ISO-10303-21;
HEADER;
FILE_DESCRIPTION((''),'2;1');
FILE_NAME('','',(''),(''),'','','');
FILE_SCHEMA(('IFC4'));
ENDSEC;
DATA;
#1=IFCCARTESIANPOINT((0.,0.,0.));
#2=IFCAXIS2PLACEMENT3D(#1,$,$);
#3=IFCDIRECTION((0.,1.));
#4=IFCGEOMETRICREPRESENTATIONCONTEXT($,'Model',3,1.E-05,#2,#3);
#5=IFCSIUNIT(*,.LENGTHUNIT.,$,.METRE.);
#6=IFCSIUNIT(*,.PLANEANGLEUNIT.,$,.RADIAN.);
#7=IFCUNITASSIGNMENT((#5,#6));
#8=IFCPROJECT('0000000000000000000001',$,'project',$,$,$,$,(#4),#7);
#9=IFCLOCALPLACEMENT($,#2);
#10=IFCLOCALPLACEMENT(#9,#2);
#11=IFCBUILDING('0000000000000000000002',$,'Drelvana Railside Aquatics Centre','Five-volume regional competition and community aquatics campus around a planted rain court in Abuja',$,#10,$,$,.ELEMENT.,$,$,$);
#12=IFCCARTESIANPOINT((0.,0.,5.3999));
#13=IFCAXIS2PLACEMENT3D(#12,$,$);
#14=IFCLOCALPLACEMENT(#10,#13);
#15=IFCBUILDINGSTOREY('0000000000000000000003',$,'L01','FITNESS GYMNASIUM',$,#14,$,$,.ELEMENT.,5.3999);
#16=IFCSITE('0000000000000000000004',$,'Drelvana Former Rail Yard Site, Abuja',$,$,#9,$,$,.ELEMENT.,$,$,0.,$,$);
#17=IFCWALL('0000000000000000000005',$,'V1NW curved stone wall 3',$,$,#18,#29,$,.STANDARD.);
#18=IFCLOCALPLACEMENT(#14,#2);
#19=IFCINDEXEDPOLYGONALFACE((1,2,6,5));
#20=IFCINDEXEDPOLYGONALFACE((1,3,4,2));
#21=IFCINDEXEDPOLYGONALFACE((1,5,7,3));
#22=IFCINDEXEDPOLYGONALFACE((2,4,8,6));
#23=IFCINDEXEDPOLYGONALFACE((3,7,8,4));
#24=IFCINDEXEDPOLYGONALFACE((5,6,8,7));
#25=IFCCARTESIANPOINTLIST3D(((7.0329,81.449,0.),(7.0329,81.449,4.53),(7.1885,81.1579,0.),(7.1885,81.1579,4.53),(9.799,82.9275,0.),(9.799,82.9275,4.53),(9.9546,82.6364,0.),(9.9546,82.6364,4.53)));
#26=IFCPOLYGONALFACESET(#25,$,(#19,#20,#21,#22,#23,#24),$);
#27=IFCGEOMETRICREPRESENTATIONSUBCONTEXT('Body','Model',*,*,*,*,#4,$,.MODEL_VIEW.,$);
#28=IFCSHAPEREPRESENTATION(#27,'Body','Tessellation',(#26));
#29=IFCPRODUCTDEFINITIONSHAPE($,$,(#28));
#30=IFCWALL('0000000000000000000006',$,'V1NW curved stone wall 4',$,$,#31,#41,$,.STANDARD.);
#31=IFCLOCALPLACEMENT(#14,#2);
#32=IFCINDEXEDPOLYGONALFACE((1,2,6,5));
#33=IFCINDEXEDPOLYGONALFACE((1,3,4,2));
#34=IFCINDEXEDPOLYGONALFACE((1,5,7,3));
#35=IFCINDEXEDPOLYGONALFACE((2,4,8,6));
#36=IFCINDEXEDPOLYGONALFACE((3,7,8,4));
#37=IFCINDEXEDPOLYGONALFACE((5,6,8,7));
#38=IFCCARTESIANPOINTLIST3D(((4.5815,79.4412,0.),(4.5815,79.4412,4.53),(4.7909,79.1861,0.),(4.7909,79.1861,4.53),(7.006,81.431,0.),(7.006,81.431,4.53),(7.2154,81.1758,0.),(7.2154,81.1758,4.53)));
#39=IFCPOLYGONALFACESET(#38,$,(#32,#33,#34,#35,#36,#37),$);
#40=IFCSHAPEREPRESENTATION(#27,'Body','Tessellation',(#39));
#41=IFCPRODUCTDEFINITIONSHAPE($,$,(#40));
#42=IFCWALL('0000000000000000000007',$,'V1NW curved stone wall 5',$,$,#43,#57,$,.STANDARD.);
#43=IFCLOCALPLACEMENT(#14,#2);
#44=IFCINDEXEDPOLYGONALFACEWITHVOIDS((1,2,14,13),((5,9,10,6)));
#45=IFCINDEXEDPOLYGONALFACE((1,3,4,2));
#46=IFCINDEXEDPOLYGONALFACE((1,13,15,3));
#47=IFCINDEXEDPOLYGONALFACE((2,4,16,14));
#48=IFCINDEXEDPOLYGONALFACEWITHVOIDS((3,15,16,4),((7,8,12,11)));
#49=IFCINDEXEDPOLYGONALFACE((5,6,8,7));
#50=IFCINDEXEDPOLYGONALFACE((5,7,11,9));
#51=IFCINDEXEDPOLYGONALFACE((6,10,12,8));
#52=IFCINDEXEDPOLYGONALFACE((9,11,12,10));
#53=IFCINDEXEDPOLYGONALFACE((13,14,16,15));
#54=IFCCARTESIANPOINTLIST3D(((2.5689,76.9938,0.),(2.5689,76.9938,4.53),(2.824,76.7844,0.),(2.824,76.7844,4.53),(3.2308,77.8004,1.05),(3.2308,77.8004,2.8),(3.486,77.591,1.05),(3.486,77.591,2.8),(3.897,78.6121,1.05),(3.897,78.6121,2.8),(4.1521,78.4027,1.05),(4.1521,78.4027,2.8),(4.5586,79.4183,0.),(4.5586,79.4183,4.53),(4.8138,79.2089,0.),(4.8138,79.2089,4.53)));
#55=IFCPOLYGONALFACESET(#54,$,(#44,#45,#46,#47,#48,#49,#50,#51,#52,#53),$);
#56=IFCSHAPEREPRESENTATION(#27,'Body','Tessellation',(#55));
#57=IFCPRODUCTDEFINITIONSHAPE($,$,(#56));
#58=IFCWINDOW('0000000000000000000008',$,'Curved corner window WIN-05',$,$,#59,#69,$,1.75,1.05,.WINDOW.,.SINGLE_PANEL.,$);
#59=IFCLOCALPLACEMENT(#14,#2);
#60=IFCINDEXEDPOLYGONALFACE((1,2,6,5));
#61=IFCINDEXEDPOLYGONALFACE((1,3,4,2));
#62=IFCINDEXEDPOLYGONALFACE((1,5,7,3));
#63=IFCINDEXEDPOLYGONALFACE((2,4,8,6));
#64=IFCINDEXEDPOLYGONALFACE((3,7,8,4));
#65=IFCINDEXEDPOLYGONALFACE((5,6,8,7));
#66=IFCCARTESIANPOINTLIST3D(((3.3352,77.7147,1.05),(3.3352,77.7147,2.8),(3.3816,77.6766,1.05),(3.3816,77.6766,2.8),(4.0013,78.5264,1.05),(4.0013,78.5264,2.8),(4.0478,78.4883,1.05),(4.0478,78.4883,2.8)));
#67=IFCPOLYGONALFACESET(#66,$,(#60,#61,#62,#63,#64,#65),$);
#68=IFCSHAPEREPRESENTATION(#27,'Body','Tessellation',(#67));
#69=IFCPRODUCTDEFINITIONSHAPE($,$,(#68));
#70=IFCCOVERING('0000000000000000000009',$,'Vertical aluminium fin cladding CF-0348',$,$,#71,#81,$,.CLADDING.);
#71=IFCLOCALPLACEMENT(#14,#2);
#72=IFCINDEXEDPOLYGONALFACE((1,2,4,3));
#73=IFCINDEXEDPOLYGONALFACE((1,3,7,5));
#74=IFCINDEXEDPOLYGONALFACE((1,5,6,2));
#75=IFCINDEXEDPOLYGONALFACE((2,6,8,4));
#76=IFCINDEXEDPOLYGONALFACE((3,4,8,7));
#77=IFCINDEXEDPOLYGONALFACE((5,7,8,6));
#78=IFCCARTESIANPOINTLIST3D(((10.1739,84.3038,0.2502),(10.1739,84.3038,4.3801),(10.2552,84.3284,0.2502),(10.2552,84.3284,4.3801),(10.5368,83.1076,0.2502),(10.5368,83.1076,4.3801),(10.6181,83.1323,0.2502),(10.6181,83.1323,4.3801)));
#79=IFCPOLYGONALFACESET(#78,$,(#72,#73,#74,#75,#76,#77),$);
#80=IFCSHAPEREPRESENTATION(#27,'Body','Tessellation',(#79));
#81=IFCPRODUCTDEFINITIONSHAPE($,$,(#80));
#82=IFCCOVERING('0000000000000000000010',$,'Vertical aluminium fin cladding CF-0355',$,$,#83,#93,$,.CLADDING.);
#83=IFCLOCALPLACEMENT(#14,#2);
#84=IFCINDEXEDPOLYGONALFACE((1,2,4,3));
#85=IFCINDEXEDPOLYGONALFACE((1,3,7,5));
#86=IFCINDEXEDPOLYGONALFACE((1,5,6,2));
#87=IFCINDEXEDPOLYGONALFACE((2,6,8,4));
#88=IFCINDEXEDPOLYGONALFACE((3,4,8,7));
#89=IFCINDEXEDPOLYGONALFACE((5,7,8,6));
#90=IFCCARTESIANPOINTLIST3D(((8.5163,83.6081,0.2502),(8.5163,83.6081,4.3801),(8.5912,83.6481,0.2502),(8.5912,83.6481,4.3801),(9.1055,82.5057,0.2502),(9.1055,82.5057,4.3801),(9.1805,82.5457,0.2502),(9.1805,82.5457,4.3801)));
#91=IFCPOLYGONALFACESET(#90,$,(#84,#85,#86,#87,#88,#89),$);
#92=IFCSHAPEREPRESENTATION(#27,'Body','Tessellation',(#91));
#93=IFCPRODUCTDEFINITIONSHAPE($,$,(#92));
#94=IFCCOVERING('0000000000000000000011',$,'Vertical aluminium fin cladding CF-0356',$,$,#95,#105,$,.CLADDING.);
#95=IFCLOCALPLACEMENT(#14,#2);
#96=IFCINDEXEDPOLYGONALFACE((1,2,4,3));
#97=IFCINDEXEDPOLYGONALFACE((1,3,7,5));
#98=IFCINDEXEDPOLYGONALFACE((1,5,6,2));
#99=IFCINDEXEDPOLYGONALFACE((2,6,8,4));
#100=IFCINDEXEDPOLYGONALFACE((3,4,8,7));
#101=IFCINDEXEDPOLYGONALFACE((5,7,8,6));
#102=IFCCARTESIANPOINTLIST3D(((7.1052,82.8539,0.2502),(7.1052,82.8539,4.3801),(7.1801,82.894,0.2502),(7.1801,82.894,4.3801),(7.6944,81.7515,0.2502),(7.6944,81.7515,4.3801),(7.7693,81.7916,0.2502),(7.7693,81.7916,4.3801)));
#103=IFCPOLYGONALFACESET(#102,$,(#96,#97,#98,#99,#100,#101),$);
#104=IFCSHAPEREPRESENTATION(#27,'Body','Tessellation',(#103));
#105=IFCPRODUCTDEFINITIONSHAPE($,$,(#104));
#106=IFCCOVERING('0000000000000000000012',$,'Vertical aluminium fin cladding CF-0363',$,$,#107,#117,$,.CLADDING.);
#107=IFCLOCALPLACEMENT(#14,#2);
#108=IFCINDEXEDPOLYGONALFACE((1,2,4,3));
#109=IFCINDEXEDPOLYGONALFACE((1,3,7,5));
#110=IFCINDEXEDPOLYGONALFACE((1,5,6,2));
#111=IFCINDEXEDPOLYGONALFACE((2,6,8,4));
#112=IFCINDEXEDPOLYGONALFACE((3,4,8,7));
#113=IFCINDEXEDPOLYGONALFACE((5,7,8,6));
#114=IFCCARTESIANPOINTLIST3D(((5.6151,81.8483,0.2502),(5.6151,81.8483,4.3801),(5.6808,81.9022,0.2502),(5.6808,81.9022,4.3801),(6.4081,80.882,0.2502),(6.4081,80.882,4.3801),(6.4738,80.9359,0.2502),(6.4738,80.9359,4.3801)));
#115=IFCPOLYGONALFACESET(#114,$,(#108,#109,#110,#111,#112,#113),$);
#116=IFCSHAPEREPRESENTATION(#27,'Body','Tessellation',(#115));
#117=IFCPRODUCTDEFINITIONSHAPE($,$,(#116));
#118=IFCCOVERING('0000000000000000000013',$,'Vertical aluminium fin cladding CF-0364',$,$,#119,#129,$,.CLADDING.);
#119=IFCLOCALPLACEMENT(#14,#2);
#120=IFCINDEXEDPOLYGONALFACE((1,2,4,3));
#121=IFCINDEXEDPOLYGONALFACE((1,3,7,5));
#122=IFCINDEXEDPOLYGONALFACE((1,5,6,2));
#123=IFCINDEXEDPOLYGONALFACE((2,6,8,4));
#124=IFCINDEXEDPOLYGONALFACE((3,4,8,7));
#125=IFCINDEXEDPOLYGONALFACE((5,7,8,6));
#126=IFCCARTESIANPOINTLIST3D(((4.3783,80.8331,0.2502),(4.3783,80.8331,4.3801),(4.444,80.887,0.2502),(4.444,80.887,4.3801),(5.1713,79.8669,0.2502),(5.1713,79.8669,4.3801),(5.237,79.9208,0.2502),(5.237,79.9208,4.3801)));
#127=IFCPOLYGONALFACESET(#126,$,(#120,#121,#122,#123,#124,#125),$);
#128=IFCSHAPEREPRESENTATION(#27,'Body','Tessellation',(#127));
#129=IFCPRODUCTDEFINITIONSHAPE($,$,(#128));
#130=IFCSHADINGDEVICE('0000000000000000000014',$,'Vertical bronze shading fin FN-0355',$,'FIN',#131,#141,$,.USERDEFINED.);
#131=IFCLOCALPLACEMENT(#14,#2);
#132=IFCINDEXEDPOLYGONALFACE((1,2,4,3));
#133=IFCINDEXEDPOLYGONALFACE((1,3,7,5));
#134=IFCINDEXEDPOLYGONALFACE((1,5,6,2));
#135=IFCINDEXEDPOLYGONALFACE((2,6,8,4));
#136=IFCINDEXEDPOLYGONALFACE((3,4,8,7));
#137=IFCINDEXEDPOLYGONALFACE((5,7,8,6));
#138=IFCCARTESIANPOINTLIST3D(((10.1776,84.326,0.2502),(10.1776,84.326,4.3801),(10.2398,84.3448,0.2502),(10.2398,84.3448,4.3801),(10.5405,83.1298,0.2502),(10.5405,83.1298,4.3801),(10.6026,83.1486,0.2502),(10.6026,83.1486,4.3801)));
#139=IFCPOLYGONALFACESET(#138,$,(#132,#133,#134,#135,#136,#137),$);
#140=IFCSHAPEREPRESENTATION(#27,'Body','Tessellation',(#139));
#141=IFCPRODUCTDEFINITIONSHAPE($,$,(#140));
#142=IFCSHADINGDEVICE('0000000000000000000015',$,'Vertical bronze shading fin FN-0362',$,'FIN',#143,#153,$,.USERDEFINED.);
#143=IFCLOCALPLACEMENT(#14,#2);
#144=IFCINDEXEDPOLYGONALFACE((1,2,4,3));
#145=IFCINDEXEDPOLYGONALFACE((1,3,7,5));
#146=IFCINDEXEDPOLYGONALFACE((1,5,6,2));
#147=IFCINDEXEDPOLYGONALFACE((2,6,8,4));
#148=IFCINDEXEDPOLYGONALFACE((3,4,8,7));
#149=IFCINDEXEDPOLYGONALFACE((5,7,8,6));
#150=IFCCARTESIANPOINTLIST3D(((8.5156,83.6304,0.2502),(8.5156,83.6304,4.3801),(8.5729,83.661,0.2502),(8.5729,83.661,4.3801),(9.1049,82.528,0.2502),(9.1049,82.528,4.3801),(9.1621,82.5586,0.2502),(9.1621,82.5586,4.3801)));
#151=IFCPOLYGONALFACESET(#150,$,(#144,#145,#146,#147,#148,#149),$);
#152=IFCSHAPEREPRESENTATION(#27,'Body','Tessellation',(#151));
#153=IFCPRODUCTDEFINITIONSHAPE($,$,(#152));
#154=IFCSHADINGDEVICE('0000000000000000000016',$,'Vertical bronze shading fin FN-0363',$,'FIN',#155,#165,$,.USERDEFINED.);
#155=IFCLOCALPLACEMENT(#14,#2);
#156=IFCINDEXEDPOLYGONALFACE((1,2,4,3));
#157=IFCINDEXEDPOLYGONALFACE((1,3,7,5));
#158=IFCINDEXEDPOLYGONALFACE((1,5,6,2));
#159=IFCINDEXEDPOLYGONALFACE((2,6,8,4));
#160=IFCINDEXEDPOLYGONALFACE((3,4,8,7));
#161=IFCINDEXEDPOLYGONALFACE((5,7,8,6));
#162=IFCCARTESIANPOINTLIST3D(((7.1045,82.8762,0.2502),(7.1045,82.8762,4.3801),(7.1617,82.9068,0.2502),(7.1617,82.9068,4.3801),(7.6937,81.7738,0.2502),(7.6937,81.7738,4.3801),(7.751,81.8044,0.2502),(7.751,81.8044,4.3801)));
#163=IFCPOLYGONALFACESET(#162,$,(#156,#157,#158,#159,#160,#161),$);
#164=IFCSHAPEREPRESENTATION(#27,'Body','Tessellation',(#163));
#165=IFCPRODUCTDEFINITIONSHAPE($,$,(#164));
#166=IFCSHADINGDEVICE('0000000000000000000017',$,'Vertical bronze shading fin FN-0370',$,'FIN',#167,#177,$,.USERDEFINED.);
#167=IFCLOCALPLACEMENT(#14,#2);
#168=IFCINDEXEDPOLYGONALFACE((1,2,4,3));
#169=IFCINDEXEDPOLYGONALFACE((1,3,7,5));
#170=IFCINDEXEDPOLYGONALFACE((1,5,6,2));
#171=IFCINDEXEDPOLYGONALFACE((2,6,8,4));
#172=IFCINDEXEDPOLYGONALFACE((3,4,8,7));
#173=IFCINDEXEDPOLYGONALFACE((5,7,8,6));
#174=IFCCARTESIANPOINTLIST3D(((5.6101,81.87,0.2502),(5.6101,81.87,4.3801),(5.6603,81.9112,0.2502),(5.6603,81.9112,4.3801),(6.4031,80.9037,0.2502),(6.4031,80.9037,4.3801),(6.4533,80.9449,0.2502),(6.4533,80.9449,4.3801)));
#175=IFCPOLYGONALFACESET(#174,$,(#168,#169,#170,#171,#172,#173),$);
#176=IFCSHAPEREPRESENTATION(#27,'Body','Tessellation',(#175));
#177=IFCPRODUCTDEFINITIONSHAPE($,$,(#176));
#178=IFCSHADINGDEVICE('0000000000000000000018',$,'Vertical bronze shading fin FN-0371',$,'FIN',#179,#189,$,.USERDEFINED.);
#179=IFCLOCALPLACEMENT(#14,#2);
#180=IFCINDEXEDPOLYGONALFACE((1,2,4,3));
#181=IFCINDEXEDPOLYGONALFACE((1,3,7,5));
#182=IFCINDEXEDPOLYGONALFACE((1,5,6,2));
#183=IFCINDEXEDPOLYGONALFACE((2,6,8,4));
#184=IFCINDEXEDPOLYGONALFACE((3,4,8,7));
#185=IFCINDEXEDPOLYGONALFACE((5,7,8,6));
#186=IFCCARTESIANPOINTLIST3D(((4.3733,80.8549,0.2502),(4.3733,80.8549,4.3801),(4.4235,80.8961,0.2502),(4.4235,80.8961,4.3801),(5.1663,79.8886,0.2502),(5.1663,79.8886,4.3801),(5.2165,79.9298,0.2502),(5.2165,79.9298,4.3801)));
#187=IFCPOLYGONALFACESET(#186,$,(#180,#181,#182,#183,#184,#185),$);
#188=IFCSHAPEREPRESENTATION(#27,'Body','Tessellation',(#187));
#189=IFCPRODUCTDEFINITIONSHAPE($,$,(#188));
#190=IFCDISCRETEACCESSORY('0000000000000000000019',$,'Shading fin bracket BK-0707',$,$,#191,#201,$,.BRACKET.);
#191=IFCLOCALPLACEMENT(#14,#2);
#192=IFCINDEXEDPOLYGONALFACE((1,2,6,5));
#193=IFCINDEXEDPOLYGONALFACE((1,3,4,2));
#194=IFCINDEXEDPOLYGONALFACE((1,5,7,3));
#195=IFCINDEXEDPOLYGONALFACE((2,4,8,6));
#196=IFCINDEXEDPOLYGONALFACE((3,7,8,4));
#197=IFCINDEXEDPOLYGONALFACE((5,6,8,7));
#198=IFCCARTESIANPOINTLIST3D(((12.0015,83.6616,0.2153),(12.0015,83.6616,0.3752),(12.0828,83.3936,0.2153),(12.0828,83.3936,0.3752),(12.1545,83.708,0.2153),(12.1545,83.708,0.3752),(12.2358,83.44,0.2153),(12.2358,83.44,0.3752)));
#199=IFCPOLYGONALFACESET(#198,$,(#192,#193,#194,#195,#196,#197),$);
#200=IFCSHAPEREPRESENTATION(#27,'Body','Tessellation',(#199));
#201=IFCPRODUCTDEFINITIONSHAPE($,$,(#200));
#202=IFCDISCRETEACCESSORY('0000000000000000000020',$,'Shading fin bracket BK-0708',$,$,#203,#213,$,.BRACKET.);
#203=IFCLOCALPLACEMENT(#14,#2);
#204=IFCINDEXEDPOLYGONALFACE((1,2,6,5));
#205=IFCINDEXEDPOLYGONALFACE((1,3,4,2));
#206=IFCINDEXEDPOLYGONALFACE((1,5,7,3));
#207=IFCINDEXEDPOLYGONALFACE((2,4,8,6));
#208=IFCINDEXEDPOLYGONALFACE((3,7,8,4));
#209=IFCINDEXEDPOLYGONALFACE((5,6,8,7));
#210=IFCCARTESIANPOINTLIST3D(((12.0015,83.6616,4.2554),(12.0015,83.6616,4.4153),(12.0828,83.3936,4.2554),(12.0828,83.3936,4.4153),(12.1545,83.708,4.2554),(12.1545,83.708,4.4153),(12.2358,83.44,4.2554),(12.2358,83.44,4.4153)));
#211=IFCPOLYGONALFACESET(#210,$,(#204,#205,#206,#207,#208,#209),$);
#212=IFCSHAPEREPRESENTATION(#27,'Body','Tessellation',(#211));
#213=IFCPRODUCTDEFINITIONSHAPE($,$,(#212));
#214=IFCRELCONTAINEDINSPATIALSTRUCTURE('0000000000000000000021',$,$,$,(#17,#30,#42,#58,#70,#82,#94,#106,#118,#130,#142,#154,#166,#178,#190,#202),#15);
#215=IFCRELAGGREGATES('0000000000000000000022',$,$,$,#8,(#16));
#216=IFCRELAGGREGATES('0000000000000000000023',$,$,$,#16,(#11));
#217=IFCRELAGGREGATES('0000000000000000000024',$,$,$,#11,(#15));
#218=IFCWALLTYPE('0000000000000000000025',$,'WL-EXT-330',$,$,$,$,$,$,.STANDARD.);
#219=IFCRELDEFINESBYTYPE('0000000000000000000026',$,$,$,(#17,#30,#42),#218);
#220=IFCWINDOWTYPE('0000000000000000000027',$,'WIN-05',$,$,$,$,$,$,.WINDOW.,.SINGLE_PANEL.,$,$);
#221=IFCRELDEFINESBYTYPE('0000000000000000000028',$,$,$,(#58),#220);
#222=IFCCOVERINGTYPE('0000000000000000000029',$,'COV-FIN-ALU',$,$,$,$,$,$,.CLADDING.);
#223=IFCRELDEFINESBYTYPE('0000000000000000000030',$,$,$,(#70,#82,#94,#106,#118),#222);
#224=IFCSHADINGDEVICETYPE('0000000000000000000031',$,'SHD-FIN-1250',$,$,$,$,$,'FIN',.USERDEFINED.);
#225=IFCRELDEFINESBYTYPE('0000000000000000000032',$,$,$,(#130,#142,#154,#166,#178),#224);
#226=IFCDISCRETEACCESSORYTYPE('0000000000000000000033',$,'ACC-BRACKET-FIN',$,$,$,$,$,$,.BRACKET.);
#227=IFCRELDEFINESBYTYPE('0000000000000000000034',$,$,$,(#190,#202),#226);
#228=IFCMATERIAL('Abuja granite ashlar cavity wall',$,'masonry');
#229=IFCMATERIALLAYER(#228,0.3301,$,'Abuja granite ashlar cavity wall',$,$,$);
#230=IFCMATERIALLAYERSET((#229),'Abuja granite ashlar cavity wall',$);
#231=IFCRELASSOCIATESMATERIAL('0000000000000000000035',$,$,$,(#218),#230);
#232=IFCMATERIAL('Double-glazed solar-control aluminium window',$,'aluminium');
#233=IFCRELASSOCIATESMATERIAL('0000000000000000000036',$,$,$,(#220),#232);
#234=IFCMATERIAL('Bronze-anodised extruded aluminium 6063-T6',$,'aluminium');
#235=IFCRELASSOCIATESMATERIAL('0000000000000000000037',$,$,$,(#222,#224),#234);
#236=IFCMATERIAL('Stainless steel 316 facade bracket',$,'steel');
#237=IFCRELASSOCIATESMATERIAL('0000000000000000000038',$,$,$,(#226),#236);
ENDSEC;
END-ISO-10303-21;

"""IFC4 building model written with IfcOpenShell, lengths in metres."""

from ifc_helpers import new_model, si_unit, direction, frame, frame_2d, origin, origin_2d, place, context, subcontext, project, spatial, rectangle, extrude, material, layer, layer_set, type_object, element, fill, save


model = new_model("IFC4")

# Units and contexts
model_context = context("Model", 3, precision=1e-05, world=origin(), true_north=direction((0.0, 1.0)))
body_context = subcontext(model_context, "Body", "Model", "MODEL_VIEW")
ifc_project = project(units=[si_unit("LENGTHUNIT", "METRE"), si_unit("PLANEANGLEUNIT", "RADIAN")], contexts=[model_context])

# Site, building, storey
site_placement = place(None, origin())
site = spatial("IfcSite", under=ifc_project, at=site_placement, Name="Drelvana Former Rail Yard Site, Abuja", CompositionType="ELEMENT", RefElevation=0.0)
building_placement = place(site_placement, origin())
building = spatial("IfcBuilding", under=site, at=building_placement, Name="Drelvana Railside Aquatics Centre", Description="Five-volume regional competition and community aquatics campus around a planted rain court in Abuja", CompositionType="ELEMENT")
storey_placement = place(building_placement, frame((0.0, 0.0, 5.3999)))
storey = spatial("IfcBuildingStorey", under=building, at=storey_placement, Name="L01", Description="FITNESS GYMNASIUM", CompositionType="ELEMENT", Elevation=5.3999)

# Walls
ifc_material_1 = material(Name="Abuja granite ashlar cavity wall", Category="masonry")
ifc_layer = layer(ifc_material_1, 0.3301, Name="Abuja granite ashlar cavity wall")
ifc_layer_set = layer_set([ifc_layer], Name="Abuja granite ashlar cavity wall")
wall_type = type_object("IfcWallType", Name="WL-EXT-330", PredefinedType="STANDARD", material=ifc_layer_set)
for number, where, z_axis, x_axis, name in (
    (1, (9.877, 82.782, 0.0), (0.0, 0.0, 1.0), (-0.881922, -0.471396, 0.0), "V1NW curved stone wall 3"),
    (2, (7.1108, 81.3035, 0.0), (0.0, 0.0, 1.0), (-0.773017, -0.634386, 0.0), "V1NW curved stone wall 4"),
):
    element("IfcWall", number, at=place(storey_placement, frame(where, z_axis=z_axis, x_axis=x_axis)), inside=storey, type_object=wall_type, Name=name, PredefinedType="STANDARD", context=body_context, shape_type="SweptSolid", body=[
        extrude(rectangle(XDim=3.1365, YDim=0.3301, at=frame_2d((1.5684, 0.0))), origin(), (0.0, 0.0, 1.0), 4.53),
    ])

# Wall, opening, window
wall_placement = place(storey_placement, frame((4.6863, 79.3137, 0.0), z_axis=(0.0, 0.0, 1.0), x_axis=(-0.634386, -0.773017, 0.0)))
wall = element("IfcWall", 3, at=wall_placement, inside=storey, type_object=wall_type, Name="V1NW curved stone wall 5", PredefinedType="STANDARD", context=body_context, shape_type="SweptSolid", body=[
    extrude(rectangle(XDim=3.1365, YDim=0.3301, at=frame_2d((1.5684, 0.0))), origin(), (0.0, 0.0, 1.0), 4.53),
])
opening_placement = place(wall_placement, frame((1.0432, 0.0, 1.05)))
opening = element("IfcOpeningElement", 4, at=opening_placement, cuts=wall, PredefinedType="OPENING", context=body_context, shape_type="SweptSolid", body=[
    extrude(rectangle(XDim=1.05, YDim=1.75, at=frame_2d((0.5249, 0.875))), frame((0.0, 0.175, 0.0), z_axis=(0.0, -1.0, 0.0), x_axis=(1.0, 0.0, 0.0)), (0.0, 0.0, 1.0), 0.3501),
])
ifc_material_2 = material(Name="Double-glazed solar-control aluminium window", Category="aluminium")
window_type = type_object("IfcWindowType", Name="WIN-05", PartitioningType="SINGLE_PANEL", PredefinedType="WINDOW", material=ifc_material_2)
window_placement = place(opening_placement, origin())
window = element("IfcWindow", 5, at=window_placement, inside=storey, type_object=window_type, Name="Curved corner window WIN-05", OverallHeight=1.75, OverallWidth=1.05, PartitioningType="SINGLE_PANEL", PredefinedType="WINDOW", context=body_context, shape_type="SweptSolid", body=[
    extrude(rectangle(XDim=1.05, YDim=1.75, at=frame_2d((0.5249, 0.875))), frame((0.0, 0.03, 0.0), z_axis=(0.0, -1.0, 0.0), x_axis=(1.0, 0.0, 0.0)), (0.0, 0.0, 1.0), 0.0601),
])
fill(opening, window)

# Coverings
ifc_material_3 = material(Name="Bronze-anodised extruded aluminium 6063-T6", Category="aluminium")
covering_type = type_object("IfcCoveringType", Name="COV-FIN-ALU", PredefinedType="CLADDING", material=ifc_material_3)
for number, where, z_axis, x_axis, name in (
    (6, (10.396, 83.718, 0.2502), (0.0, 0.0, 1.0), (0.95694, 0.290285, 0.0), "Vertical aluminium fin cladding CF-0348"),
    (7, (8.8484, 83.0769, 0.2502), (0.0, 0.0, 1.0), (0.881921, 0.471397, 0.0), "Vertical aluminium fin cladding CF-0355"),
    (8, (7.4373, 82.3228, 0.2502), (0.0, 0.0, 1.0), (0.881921, 0.471397, 0.0), "Vertical aluminium fin cladding CF-0356"),
    (9, (6.0444, 81.3921, 0.2502), (0.0, 0.0, 1.0), (0.77301, 0.634393, 0.0), "Vertical aluminium fin cladding CF-0363"),
    (10, (4.8076, 80.377, 0.2502), (0.0, 0.0, 1.0), (0.77301, 0.634393, 0.0), "Vertical aluminium fin cladding CF-0364"),
):
    element("IfcCovering", number, at=place(storey_placement, frame(where, z_axis=z_axis, x_axis=x_axis)), inside=storey, type_object=covering_type, Name=name, PredefinedType="CLADDING", context=body_context, shape_type="SweptSolid", body=[
        extrude(rectangle(XDim=0.085, YDim=1.25, at=origin_2d()), origin(), (0.0, 0.0, 1.0), 4.1299),
    ])

# Shading devices
shading_device_type = type_object("IfcShadingDeviceType", Name="SHD-FIN-1250", ElementType="FIN", PredefinedType="USERDEFINED", material=ifc_material_3)
for number, where, z_axis, x_axis, name in (
    (11, (10.3901, 83.7373, 0.2502), (0.0, 0.0, 1.0), (-0.290285, 0.95694, 0.0), "Vertical bronze shading fin FN-0355"),
    (12, (8.8389, 83.0945, 0.2502), (0.0, 0.0, 1.0), (-0.471397, 0.881921, 0.0), "Vertical bronze shading fin FN-0362"),
    (13, (7.4277, 82.3403, 0.2502), (0.0, 0.0, 1.0), (-0.471397, 0.881921, 0.0), "Vertical bronze shading fin FN-0363"),
    (14, (6.0317, 81.4075, 0.2502), (0.0, 0.0, 1.0), (-0.634393, 0.77301, 0.0), "Vertical bronze shading fin FN-0370"),
    (15, (4.7949, 80.3923, 0.2502), (0.0, 0.0, 1.0), (-0.634393, 0.77301, 0.0), "Vertical bronze shading fin FN-0371"),
):
    element("IfcShadingDevice", number, at=place(storey_placement, frame(where, z_axis=z_axis, x_axis=x_axis)), inside=storey, type_object=shading_device_type, Name=name, ObjectType="FIN", PredefinedType="USERDEFINED", context=body_context, shape_type="SweptSolid", body=[
        extrude(rectangle(XDim=1.25, YDim=0.0649, at=origin_2d()), origin(), (0.0, 0.0, 1.0), 4.1299),
    ])

# Discrete accessories
ifc_material_4 = material(Name="Stainless steel 316 facade bracket", Category="steel")
discrete_accessory_type = type_object("IfcDiscreteAccessoryType", Name="ACC-BRACKET-FIN", PredefinedType="BRACKET", material=ifc_material_4)
for number, where, z_axis, x_axis, name in (
    (16, (12.1187, 83.5508, 0.2153), (0.0, 0.0, 1.0), (-0.290285, 0.95694, 0.0), "Shading fin bracket BK-0707"),
    (17, (12.1187, 83.5508, 4.2554), (0.0, 0.0, 1.0), (-0.290285, 0.95694, 0.0), "Shading fin bracket BK-0708"),
):
    element("IfcDiscreteAccessory", number, at=place(storey_placement, frame(where, z_axis=z_axis, x_axis=x_axis)), inside=storey, type_object=discrete_accessory_type, Name=name, PredefinedType="BRACKET", context=body_context, shape_type="SweptSolid", body=[
        extrude(rectangle(XDim=0.28, YDim=0.1599, at=origin_2d()), origin(), (0.0, 0.0, 1.0), 0.1599),
    ])

save(model, "model.ifc")
